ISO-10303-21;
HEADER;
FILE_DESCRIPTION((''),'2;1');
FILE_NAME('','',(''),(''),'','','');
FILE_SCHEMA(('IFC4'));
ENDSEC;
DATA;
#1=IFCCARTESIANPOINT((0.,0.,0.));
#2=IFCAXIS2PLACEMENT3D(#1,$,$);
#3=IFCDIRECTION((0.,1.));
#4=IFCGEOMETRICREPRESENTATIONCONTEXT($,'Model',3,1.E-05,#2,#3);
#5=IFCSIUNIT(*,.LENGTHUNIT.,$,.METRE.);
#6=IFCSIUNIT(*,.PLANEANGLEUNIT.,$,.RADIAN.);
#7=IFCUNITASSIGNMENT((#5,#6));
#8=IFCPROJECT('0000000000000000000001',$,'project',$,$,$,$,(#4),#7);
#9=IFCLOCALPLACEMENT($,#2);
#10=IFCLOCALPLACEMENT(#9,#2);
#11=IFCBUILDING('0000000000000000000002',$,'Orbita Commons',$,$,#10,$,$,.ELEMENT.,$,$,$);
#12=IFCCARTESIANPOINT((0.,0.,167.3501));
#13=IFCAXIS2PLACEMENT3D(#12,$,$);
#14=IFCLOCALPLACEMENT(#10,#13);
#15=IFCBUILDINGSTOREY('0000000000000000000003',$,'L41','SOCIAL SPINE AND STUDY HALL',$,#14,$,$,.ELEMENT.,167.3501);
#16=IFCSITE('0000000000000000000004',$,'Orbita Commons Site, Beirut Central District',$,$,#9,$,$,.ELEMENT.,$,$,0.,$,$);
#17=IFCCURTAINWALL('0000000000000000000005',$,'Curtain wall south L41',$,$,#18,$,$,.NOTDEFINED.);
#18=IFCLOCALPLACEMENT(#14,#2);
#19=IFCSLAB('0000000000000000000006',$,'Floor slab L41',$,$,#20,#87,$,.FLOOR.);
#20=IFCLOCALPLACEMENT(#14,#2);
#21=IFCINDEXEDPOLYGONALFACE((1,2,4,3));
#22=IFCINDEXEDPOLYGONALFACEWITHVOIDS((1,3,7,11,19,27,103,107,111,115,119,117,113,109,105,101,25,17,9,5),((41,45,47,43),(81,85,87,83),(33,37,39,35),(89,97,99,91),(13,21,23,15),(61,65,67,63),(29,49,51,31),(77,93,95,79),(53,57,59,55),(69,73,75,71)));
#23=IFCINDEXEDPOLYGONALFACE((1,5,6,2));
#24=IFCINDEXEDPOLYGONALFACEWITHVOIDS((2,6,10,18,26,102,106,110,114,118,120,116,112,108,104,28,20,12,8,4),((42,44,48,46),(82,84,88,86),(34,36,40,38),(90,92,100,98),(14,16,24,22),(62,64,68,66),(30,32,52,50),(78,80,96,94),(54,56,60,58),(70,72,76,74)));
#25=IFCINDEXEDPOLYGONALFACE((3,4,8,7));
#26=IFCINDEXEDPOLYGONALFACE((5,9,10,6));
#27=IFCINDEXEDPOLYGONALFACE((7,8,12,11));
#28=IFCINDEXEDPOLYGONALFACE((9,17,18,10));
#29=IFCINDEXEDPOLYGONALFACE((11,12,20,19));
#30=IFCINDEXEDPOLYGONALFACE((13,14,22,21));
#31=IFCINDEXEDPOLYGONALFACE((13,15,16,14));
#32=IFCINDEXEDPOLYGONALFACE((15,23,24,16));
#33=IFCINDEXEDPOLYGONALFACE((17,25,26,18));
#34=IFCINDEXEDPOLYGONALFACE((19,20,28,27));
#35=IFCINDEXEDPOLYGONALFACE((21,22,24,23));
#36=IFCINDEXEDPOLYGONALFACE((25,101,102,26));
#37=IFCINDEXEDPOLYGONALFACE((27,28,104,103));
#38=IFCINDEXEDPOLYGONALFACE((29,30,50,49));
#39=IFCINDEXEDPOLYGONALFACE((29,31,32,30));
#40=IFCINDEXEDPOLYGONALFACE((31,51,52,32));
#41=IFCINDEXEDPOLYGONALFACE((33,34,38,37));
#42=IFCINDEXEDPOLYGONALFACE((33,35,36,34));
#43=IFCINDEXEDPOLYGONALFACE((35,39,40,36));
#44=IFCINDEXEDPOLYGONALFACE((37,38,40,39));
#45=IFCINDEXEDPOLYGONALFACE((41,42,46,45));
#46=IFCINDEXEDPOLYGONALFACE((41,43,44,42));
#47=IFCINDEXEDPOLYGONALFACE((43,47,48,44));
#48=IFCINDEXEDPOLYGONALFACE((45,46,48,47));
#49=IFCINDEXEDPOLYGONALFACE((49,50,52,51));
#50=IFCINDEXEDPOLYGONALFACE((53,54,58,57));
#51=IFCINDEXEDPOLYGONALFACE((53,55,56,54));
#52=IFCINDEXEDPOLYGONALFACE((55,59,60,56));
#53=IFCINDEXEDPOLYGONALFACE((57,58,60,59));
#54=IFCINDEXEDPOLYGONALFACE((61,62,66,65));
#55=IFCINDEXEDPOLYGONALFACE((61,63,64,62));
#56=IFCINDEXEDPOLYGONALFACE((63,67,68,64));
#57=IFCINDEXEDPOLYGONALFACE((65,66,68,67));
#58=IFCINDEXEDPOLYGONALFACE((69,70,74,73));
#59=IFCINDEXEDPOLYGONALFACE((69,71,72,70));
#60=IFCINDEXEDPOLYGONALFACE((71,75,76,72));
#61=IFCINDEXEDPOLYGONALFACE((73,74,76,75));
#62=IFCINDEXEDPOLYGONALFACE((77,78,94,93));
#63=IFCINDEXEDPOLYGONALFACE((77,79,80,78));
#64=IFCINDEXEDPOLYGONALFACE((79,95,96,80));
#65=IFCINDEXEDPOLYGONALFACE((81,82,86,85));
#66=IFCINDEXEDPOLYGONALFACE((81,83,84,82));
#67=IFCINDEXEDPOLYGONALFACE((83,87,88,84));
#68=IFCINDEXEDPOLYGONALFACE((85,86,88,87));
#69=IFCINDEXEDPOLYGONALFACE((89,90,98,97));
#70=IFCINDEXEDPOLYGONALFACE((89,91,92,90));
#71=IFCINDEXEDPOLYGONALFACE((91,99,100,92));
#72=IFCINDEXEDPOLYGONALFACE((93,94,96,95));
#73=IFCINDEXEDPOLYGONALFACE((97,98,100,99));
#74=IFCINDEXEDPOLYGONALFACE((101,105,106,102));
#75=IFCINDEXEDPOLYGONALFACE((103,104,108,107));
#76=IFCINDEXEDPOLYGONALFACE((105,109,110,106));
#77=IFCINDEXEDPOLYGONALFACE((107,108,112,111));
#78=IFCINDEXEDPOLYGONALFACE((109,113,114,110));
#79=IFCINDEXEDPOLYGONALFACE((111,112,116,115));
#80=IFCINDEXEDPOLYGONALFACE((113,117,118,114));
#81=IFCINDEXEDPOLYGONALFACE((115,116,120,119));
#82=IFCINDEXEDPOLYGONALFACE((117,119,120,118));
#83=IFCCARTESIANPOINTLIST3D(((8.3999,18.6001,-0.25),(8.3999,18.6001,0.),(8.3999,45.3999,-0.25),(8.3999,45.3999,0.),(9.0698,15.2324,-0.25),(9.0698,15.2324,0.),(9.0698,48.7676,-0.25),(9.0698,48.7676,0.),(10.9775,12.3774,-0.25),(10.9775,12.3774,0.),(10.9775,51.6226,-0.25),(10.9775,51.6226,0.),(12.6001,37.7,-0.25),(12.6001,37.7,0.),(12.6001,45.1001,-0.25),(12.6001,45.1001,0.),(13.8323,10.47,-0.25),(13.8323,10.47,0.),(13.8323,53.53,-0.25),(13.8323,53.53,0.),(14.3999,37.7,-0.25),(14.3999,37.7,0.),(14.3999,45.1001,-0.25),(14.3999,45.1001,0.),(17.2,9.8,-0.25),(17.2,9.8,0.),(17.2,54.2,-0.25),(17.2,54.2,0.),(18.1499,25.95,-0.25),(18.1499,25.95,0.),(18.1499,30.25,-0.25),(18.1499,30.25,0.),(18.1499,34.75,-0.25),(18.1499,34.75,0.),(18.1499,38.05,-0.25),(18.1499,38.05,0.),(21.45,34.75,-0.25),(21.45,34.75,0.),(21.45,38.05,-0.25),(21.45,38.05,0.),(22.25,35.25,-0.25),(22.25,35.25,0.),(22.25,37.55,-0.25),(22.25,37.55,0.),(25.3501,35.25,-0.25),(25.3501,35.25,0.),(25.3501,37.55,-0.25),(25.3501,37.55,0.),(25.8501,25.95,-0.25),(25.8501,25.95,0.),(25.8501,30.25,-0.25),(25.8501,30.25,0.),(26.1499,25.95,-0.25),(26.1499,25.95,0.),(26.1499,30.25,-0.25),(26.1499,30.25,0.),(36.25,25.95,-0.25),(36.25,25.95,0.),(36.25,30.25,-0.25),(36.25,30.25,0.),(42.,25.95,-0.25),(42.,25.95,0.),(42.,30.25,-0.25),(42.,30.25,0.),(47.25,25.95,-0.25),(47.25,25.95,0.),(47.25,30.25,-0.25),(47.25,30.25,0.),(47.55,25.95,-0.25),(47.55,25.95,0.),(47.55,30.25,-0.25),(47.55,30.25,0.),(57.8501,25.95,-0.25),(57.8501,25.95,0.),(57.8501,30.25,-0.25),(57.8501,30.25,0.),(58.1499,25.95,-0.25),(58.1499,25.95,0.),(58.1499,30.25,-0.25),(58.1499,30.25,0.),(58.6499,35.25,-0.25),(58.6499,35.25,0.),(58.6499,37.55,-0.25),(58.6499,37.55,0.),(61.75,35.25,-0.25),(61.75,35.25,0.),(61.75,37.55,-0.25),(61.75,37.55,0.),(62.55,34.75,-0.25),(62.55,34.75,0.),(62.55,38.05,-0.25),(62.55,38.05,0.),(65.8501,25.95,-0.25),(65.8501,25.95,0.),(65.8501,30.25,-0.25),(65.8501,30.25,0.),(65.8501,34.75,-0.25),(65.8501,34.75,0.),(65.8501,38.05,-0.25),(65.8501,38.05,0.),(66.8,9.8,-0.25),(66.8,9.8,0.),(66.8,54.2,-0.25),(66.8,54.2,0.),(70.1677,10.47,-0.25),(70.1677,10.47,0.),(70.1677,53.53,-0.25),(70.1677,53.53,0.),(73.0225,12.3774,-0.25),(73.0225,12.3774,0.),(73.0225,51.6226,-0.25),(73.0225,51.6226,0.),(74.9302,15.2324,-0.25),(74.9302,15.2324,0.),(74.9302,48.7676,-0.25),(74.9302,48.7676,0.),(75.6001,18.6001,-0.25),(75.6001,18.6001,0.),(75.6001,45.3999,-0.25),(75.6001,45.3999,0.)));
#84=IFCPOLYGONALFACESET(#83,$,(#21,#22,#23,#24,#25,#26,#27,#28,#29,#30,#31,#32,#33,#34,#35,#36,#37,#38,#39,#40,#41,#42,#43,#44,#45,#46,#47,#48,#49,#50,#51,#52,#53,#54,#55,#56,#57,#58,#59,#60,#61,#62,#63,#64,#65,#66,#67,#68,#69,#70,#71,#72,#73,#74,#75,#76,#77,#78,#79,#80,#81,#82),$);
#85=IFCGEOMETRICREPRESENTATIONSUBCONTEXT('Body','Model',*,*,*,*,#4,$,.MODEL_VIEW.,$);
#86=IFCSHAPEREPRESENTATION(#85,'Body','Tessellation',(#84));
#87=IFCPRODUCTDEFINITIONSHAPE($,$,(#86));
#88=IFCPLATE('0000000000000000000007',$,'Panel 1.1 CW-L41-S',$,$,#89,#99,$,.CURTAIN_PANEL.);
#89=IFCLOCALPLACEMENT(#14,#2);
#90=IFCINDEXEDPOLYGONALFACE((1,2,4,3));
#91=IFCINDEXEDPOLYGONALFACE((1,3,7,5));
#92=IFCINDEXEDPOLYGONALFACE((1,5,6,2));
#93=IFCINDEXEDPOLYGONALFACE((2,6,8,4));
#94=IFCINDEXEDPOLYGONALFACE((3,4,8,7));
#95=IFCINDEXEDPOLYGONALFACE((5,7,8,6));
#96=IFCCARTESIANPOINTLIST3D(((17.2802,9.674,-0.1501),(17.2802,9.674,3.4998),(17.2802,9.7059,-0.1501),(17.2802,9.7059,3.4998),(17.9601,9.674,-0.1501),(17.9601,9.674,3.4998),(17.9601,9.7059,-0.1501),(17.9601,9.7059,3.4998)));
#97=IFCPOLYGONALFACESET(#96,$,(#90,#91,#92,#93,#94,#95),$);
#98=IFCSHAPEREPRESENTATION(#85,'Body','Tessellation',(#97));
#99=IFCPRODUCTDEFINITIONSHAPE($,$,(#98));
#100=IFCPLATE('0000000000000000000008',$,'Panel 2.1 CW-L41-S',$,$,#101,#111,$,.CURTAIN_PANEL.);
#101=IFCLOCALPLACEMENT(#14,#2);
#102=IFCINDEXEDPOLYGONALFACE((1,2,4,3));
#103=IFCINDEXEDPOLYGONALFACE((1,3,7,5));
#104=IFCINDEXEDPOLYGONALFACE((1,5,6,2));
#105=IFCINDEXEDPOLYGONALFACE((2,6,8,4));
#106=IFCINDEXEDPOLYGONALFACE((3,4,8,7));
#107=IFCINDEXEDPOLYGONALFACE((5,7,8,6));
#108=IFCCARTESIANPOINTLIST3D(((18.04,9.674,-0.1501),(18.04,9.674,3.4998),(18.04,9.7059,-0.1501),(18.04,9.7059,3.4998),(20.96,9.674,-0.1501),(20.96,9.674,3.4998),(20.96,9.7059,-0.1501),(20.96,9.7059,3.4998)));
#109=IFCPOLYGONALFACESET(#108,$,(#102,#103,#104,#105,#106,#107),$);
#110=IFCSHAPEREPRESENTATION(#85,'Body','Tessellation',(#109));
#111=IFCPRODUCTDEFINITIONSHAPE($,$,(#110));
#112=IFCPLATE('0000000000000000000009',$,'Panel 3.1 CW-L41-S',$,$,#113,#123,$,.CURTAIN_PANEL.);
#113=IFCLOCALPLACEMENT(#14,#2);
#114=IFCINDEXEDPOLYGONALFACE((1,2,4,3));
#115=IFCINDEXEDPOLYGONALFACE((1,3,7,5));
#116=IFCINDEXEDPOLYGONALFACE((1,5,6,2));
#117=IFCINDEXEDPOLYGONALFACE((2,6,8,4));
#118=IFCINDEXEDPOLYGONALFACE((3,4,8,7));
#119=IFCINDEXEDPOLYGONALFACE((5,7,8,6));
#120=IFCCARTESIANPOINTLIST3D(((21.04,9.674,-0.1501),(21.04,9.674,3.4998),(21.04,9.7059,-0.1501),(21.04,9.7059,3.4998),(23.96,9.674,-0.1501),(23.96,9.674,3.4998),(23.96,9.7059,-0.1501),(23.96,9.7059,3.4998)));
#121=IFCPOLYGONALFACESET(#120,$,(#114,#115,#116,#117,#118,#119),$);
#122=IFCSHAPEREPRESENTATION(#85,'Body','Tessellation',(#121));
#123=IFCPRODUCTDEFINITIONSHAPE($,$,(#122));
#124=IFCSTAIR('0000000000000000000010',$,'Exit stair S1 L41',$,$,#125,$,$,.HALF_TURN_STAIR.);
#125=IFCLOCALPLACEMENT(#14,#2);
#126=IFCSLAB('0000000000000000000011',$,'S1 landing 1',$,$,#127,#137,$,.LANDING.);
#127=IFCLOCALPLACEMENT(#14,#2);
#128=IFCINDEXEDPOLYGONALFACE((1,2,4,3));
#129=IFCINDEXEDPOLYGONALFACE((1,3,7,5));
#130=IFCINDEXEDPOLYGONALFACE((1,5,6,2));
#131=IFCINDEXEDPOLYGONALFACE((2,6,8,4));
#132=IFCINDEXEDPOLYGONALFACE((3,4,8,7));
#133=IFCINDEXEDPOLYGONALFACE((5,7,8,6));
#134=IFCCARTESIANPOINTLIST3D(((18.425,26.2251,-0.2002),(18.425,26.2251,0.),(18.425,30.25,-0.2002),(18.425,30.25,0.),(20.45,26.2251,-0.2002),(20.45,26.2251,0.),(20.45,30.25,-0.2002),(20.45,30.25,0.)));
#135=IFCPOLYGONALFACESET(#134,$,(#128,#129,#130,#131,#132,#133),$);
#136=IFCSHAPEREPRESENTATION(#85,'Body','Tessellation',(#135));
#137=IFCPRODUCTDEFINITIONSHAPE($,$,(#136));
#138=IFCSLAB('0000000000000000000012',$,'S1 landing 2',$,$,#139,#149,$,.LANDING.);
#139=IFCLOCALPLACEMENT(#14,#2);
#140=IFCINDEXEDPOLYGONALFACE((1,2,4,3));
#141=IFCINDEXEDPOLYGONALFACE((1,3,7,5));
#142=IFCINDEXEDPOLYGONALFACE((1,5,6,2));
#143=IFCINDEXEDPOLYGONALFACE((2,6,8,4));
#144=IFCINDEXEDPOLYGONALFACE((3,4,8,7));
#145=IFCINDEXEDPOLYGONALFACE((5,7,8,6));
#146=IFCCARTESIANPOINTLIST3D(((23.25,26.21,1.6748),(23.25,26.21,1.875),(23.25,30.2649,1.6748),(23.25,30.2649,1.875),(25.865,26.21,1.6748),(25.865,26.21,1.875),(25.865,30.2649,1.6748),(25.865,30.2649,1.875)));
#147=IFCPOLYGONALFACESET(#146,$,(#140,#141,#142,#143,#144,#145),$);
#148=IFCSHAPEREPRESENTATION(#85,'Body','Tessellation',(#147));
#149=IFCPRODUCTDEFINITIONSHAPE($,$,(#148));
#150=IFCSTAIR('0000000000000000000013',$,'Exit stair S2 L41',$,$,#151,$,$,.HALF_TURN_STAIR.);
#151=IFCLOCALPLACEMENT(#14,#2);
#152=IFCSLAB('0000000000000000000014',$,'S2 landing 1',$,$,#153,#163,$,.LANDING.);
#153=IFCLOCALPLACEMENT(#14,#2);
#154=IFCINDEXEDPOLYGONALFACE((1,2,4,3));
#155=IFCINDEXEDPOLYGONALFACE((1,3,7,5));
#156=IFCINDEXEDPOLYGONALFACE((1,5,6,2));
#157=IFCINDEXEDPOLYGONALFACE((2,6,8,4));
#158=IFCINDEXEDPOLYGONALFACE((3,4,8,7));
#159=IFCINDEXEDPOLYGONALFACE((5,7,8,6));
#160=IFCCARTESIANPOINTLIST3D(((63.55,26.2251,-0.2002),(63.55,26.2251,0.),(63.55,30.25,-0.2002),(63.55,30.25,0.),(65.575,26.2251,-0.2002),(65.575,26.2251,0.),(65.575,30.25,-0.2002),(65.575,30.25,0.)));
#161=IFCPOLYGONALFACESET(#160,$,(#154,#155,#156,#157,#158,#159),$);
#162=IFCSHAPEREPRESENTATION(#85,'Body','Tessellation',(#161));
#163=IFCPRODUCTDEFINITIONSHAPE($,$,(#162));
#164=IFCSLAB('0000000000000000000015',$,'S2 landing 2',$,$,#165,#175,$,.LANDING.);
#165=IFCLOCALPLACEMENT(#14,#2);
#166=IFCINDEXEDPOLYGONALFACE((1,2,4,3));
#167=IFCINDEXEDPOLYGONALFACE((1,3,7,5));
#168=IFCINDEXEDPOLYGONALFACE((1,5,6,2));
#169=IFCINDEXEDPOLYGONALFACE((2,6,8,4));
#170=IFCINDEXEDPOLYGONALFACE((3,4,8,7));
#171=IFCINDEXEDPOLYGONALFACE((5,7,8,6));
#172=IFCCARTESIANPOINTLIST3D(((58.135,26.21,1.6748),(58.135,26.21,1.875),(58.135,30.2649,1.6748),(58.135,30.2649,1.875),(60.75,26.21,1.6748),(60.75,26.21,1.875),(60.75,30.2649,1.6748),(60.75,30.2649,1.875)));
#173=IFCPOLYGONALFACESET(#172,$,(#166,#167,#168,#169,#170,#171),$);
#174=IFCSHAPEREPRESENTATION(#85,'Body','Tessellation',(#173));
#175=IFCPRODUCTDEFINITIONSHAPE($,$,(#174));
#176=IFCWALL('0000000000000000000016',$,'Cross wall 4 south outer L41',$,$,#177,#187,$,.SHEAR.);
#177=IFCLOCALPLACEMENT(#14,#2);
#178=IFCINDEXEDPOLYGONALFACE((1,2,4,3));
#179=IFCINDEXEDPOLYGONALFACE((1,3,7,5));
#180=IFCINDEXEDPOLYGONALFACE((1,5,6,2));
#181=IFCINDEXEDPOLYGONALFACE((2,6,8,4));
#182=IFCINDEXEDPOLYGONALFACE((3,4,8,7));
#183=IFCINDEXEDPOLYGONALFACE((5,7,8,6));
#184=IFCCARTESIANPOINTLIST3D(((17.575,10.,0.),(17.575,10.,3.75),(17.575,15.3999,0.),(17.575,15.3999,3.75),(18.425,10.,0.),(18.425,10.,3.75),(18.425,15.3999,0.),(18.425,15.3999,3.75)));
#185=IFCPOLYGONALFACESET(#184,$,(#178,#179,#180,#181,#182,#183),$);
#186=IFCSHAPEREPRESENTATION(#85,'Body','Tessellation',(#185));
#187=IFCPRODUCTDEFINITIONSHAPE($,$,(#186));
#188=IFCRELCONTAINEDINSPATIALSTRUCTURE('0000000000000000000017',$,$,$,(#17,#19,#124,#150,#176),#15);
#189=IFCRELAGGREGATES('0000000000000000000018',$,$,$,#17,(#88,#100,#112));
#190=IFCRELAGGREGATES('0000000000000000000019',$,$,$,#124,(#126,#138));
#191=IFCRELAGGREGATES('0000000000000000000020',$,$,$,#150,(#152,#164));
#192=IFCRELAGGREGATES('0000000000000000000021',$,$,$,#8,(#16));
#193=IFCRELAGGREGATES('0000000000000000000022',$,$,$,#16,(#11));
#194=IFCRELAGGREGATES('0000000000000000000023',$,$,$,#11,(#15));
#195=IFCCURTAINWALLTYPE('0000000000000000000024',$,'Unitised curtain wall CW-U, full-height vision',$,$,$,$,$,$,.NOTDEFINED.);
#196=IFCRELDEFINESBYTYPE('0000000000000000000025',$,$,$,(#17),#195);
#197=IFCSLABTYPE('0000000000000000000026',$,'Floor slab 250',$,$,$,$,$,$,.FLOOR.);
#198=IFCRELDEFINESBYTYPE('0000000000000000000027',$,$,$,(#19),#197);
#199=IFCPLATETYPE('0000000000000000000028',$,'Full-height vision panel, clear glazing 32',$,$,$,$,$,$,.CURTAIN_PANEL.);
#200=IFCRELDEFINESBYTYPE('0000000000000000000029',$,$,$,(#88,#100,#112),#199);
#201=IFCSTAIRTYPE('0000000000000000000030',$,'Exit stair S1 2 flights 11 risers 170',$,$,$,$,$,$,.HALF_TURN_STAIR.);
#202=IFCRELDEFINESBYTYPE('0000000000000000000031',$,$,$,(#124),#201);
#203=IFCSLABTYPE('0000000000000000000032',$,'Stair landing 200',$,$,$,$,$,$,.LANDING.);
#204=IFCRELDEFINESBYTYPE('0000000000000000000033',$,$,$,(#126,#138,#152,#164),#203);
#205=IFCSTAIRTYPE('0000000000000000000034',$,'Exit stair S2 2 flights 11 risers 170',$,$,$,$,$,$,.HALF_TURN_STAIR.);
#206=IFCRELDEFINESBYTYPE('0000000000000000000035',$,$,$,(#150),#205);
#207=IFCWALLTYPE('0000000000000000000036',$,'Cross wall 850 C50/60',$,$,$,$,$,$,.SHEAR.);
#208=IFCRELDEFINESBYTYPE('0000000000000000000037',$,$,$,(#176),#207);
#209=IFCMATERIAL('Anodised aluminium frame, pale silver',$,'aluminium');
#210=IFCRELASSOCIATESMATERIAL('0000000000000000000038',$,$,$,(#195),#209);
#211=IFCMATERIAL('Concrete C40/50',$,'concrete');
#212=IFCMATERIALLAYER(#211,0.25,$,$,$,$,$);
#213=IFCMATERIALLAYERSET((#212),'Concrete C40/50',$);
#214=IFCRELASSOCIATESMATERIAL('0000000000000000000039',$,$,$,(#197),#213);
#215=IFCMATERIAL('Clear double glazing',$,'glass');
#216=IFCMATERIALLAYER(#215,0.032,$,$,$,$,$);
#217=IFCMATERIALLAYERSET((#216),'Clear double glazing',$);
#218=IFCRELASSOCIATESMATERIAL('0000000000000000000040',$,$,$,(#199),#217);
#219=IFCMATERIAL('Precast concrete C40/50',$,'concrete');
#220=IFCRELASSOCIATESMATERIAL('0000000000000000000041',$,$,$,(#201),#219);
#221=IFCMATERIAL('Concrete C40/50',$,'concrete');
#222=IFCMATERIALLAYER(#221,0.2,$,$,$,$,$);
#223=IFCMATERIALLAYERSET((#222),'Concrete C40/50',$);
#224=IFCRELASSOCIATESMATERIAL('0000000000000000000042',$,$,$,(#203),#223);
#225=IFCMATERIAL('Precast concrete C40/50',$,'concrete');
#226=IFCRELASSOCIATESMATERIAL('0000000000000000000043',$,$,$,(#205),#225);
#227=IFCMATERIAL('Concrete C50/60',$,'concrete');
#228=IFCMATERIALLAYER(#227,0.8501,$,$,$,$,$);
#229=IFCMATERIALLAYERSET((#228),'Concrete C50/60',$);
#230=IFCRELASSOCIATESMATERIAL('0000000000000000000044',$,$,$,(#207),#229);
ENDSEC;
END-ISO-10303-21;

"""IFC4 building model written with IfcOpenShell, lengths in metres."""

from ifc_helpers import new_model, si_unit, direction, frame, frame_2d, origin, origin_2d, place, context, subcontext, project, spatial, polyline, rectangle, outline, extrude, material, layer, layer_set, type_object, element, aggregate, save


model = new_model("IFC4")

# Units and contexts
model_context = context("Model", 3, precision=1e-05, world=origin(), true_north=direction((0.0, 1.0)))
body_context = subcontext(model_context, "Body", "Model", "MODEL_VIEW")
ifc_project = project(units=[si_unit("LENGTHUNIT", "METRE"), si_unit("PLANEANGLEUNIT", "RADIAN")], contexts=[model_context])

# Site, building, storey
site_placement = place(None, origin())
site = spatial("IfcSite", under=ifc_project, at=site_placement, Name="Orbita Commons Site, Beirut Central District", CompositionType="ELEMENT", RefElevation=0.0)
building_placement = place(site_placement, origin())
building = spatial("IfcBuilding", under=site, at=building_placement, Name="Orbita Commons", CompositionType="ELEMENT")
storey_placement = place(building_placement, frame((0.0, 0.0, 167.3501)))
storey = spatial("IfcBuildingStorey", under=building, at=storey_placement, Name="L41", Description="SOCIAL SPINE AND STUDY HALL", CompositionType="ELEMENT", Elevation=167.3501)

# Curtain wall
ifc_material_1 = material(Name="Anodised aluminium frame, pale silver", Category="aluminium")
curtain_wall_type = type_object("IfcCurtainWallType", Name="Unitised curtain wall CW-U, full-height vision", PredefinedType="NOTDEFINED", material=ifc_material_1)
curtain_wall_placement = place(storey_placement, origin())
curtain_wall = element("IfcCurtainWall", 1, at=curtain_wall_placement, inside=storey, type_object=curtain_wall_type, Name="Curtain wall south L41", PredefinedType="NOTDEFINED")

# Slab
ifc_material_2 = material(Name="Concrete C40/50", Category="concrete")
ifc_layer_1 = layer(ifc_material_2, 0.25)
ifc_layer_set_1 = layer_set([ifc_layer_1], Name="Concrete C40/50")
slab_type_1 = type_object("IfcSlabType", Name="Floor slab 250", PredefinedType="FLOOR", material=ifc_layer_set_1)
slab_1_placement = place(storey_placement, frame((0.0, 0.0, -0.25)))
element("IfcSlab", 2, at=slab_1_placement, inside=storey, type_object=slab_type_1, Name="Floor slab L41", PredefinedType="FLOOR", context=body_context, shape_type="SweptSolid", body=[
    extrude(outline(polyline([(66.8, 9.8), (70.1677, 10.47), (73.0225, 12.3774), (74.9302, 15.2324), (75.6001, 18.6001), (75.6001, 45.3999), (74.9302, 48.7676), (73.0225, 51.6226), (70.1677, 53.53), (66.8, 54.2), (17.2, 54.2), (13.8323, 53.53), (10.9775, 51.6226), (9.0698, 48.7676), (8.3999, 45.3999), (8.3999, 18.6001), (9.0698, 15.2324), (10.9775, 12.3774), (13.8323, 10.47), (17.2, 9.8), (66.8, 9.8)]), holes=[polyline([(18.1499, 25.95), (25.8501, 25.95), (25.8501, 30.25), (18.1499, 30.25), (18.1499, 25.95)]), polyline([(58.1499, 25.95), (65.8501, 25.95), (65.8501, 30.25), (58.1499, 30.25), (58.1499, 25.95)]), polyline([(18.1499, 34.75), (21.45, 34.75), (21.45, 38.05), (18.1499, 38.05), (18.1499, 34.75)]), polyline([(62.55, 34.75), (65.8501, 34.75), (65.8501, 38.05), (62.55, 38.05), (62.55, 34.75)]), polyline([(22.25, 35.25), (25.3501, 35.25), (25.3501, 37.55), (22.25, 37.55), (22.25, 35.25)]), polyline([(58.6499, 35.25), (61.75, 35.25), (61.75, 37.55), (58.6499, 37.55), (58.6499, 35.25)]), polyline([(26.1499, 25.95), (36.25, 25.95), (36.25, 30.25), (26.1499, 30.25), (26.1499, 25.95)]), polyline([(42.0, 25.95), (47.25, 25.95), (47.25, 30.25), (42.0, 30.25), (42.0, 25.95)]), polyline([(47.55, 25.95), (57.8501, 25.95), (57.8501, 30.25), (47.55, 30.25), (47.55, 25.95)]), polyline([(12.6001, 37.7), (14.3999, 37.7), (14.3999, 45.1001), (12.6001, 45.1001), (12.6001, 37.7)])]), origin(), (0.0, 0.0, 1.0), 0.25),
])

# Plates
ifc_material_3 = material(Name="Clear double glazing", Category="glass")
ifc_layer_2 = layer(ifc_material_3, 0.032)
ifc_layer_set_2 = layer_set([ifc_layer_2], Name="Clear double glazing")
plate_type = type_object("IfcPlateType", Name="Full-height vision panel, clear glazing 32", PredefinedType="CURTAIN_PANEL", material=ifc_layer_set_2)
plate_1_placement = place(storey_placement, frame((17.6201, 9.6899, -0.1501), z_axis=(0.0, 0.0, 1.0), x_axis=(1.0, 0.0, 0.0)))
plate_1 = element("IfcPlate", 3, at=plate_1_placement, type_object=plate_type, Name="Panel 1.1 CW-L41-S", PredefinedType="CURTAIN_PANEL", context=body_context, shape_type="SweptSolid", body=[
    extrude(rectangle(XDim=0.6799, YDim=0.032, at=origin_2d()), origin(), (0.0, 0.0, 1.0), 3.6499),
])
plate_2_placement = place(storey_placement, frame((19.5, 9.6899, -0.1501), z_axis=(0.0, 0.0, 1.0), x_axis=(1.0, 0.0, 0.0)))
plate_2 = element("IfcPlate", 4, at=plate_2_placement, type_object=plate_type, Name="Panel 2.1 CW-L41-S", PredefinedType="CURTAIN_PANEL", context=body_context, shape_type="SweptSolid", body=[
    extrude(rectangle(XDim=2.9199, YDim=0.032, at=origin_2d()), origin(), (0.0, 0.0, 1.0), 3.6499),
])
plate_3_placement = place(storey_placement, frame((22.5, 9.6899, -0.1501), z_axis=(0.0, 0.0, 1.0), x_axis=(1.0, 0.0, 0.0)))
plate_3 = element("IfcPlate", 5, at=plate_3_placement, type_object=plate_type, Name="Panel 3.1 CW-L41-S", PredefinedType="CURTAIN_PANEL", context=body_context, shape_type="SweptSolid", body=[
    extrude(rectangle(XDim=2.9199, YDim=0.032, at=origin_2d()), origin(), (0.0, 0.0, 1.0), 3.6499),
])
aggregate(curtain_wall, [plate_1, plate_2, plate_3])

# Stairs, slabs
ifc_material_4 = material(Name="Precast concrete C40/50", Category="concrete")
stair_type_1 = type_object("IfcStairType", Name="Exit stair S1 2 flights 11 risers 170", PredefinedType="HALF_TURN_STAIR", material=ifc_material_4)
stair_1_placement = place(storey_placement, origin())
stair_1 = element("IfcStair", 6, at=stair_1_placement, inside=storey, type_object=stair_type_1, Name="Exit stair S1 L41", PredefinedType="HALF_TURN_STAIR")
ifc_material_5 = material(Name="Concrete C40/50", Category="concrete")
ifc_layer_3 = layer(ifc_material_5, 0.2)
ifc_layer_set_3 = layer_set([ifc_layer_3], Name="Concrete C40/50")
slab_type_2 = type_object("IfcSlabType", Name="Stair landing 200", PredefinedType="LANDING", material=ifc_layer_set_3)
slab_2_placement = place(storey_placement, frame((0.0, 0.0, -0.2002)))
slab_2 = element("IfcSlab", 7, at=slab_2_placement, type_object=slab_type_2, Name="S1 landing 1", PredefinedType="LANDING", context=body_context, shape_type="SweptSolid", body=[
    extrude(outline(polyline([(18.425, 26.2251), (20.45, 26.2251), (20.45, 30.25), (18.425, 30.25), (18.425, 26.2251)])), origin(), (0.0, 0.0, 1.0), 0.2002),
])
slab_3_placement = place(storey_placement, frame((0.0, 0.0, 1.6748)))
slab_3 = element("IfcSlab", 8, at=slab_3_placement, type_object=slab_type_2, Name="S1 landing 2", PredefinedType="LANDING", context=body_context, shape_type="SweptSolid", body=[
    extrude(outline(polyline([(23.25, 26.21), (25.865, 26.21), (25.865, 30.2649), (23.25, 30.2649), (23.25, 26.21)])), origin(), (0.0, 0.0, 1.0), 0.2002),
])
aggregate(stair_1, [slab_2, slab_3])
ifc_material_6 = material(Name="Precast concrete C40/50", Category="concrete")
stair_type_2 = type_object("IfcStairType", Name="Exit stair S2 2 flights 11 risers 170", PredefinedType="HALF_TURN_STAIR", material=ifc_material_6)
stair_2_placement = place(storey_placement, origin())
stair_2 = element("IfcStair", 9, at=stair_2_placement, inside=storey, type_object=stair_type_2, Name="Exit stair S2 L41", PredefinedType="HALF_TURN_STAIR")
slab_4_placement = place(storey_placement, frame((0.0, 0.0, -0.2002)))
slab_4 = element("IfcSlab", 10, at=slab_4_placement, type_object=slab_type_2, Name="S2 landing 1", PredefinedType="LANDING", context=body_context, shape_type="SweptSolid", body=[
    extrude(outline(polyline([(63.55, 26.2251), (65.575, 26.2251), (65.575, 30.25), (63.55, 30.25), (63.55, 26.2251)])), origin(), (0.0, 0.0, 1.0), 0.2002),
])
slab_5_placement = place(storey_placement, frame((0.0, 0.0, 1.6748)))
slab_5 = element("IfcSlab", 11, at=slab_5_placement, type_object=slab_type_2, Name="S2 landing 2", PredefinedType="LANDING", context=body_context, shape_type="SweptSolid", body=[
    extrude(outline(polyline([(58.135, 26.21), (60.75, 26.21), (60.75, 30.2649), (58.135, 30.2649), (58.135, 26.21)])), origin(), (0.0, 0.0, 1.0), 0.2002),
])
aggregate(stair_2, [slab_4, slab_5])

# Wall
ifc_material_7 = material(Name="Concrete C50/60", Category="concrete")
ifc_layer_4 = layer(ifc_material_7, 0.8501)
ifc_layer_set_4 = layer_set([ifc_layer_4], Name="Concrete C50/60")
wall_type_1 = type_object("IfcWallType", Name="Cross wall 850 C50/60", PredefinedType="SHEAR", material=ifc_layer_set_4)
for number, where, z_axis, x_axis, name in (
    (12, (18.0, 10.0, 0.0), (0.0, 0.0, 1.0), (0.0, 1.0, 0.0), "Cross wall 4 south outer L41"),
):
    element("IfcWall", number, at=place(storey_placement, frame(where, z_axis=z_axis, x_axis=x_axis)), inside=storey, type_object=wall_type_1, Name=name, PredefinedType="SHEAR", context=body_context, shape_type="SweptSolid", body=[
        extrude(rectangle(XDim=5.3999, YDim=0.8501, at=frame_2d((2.7, 0.0))), origin(), (0.0, 0.0, 1.0), 3.75),
    ])

save(model, "model.ifc")
